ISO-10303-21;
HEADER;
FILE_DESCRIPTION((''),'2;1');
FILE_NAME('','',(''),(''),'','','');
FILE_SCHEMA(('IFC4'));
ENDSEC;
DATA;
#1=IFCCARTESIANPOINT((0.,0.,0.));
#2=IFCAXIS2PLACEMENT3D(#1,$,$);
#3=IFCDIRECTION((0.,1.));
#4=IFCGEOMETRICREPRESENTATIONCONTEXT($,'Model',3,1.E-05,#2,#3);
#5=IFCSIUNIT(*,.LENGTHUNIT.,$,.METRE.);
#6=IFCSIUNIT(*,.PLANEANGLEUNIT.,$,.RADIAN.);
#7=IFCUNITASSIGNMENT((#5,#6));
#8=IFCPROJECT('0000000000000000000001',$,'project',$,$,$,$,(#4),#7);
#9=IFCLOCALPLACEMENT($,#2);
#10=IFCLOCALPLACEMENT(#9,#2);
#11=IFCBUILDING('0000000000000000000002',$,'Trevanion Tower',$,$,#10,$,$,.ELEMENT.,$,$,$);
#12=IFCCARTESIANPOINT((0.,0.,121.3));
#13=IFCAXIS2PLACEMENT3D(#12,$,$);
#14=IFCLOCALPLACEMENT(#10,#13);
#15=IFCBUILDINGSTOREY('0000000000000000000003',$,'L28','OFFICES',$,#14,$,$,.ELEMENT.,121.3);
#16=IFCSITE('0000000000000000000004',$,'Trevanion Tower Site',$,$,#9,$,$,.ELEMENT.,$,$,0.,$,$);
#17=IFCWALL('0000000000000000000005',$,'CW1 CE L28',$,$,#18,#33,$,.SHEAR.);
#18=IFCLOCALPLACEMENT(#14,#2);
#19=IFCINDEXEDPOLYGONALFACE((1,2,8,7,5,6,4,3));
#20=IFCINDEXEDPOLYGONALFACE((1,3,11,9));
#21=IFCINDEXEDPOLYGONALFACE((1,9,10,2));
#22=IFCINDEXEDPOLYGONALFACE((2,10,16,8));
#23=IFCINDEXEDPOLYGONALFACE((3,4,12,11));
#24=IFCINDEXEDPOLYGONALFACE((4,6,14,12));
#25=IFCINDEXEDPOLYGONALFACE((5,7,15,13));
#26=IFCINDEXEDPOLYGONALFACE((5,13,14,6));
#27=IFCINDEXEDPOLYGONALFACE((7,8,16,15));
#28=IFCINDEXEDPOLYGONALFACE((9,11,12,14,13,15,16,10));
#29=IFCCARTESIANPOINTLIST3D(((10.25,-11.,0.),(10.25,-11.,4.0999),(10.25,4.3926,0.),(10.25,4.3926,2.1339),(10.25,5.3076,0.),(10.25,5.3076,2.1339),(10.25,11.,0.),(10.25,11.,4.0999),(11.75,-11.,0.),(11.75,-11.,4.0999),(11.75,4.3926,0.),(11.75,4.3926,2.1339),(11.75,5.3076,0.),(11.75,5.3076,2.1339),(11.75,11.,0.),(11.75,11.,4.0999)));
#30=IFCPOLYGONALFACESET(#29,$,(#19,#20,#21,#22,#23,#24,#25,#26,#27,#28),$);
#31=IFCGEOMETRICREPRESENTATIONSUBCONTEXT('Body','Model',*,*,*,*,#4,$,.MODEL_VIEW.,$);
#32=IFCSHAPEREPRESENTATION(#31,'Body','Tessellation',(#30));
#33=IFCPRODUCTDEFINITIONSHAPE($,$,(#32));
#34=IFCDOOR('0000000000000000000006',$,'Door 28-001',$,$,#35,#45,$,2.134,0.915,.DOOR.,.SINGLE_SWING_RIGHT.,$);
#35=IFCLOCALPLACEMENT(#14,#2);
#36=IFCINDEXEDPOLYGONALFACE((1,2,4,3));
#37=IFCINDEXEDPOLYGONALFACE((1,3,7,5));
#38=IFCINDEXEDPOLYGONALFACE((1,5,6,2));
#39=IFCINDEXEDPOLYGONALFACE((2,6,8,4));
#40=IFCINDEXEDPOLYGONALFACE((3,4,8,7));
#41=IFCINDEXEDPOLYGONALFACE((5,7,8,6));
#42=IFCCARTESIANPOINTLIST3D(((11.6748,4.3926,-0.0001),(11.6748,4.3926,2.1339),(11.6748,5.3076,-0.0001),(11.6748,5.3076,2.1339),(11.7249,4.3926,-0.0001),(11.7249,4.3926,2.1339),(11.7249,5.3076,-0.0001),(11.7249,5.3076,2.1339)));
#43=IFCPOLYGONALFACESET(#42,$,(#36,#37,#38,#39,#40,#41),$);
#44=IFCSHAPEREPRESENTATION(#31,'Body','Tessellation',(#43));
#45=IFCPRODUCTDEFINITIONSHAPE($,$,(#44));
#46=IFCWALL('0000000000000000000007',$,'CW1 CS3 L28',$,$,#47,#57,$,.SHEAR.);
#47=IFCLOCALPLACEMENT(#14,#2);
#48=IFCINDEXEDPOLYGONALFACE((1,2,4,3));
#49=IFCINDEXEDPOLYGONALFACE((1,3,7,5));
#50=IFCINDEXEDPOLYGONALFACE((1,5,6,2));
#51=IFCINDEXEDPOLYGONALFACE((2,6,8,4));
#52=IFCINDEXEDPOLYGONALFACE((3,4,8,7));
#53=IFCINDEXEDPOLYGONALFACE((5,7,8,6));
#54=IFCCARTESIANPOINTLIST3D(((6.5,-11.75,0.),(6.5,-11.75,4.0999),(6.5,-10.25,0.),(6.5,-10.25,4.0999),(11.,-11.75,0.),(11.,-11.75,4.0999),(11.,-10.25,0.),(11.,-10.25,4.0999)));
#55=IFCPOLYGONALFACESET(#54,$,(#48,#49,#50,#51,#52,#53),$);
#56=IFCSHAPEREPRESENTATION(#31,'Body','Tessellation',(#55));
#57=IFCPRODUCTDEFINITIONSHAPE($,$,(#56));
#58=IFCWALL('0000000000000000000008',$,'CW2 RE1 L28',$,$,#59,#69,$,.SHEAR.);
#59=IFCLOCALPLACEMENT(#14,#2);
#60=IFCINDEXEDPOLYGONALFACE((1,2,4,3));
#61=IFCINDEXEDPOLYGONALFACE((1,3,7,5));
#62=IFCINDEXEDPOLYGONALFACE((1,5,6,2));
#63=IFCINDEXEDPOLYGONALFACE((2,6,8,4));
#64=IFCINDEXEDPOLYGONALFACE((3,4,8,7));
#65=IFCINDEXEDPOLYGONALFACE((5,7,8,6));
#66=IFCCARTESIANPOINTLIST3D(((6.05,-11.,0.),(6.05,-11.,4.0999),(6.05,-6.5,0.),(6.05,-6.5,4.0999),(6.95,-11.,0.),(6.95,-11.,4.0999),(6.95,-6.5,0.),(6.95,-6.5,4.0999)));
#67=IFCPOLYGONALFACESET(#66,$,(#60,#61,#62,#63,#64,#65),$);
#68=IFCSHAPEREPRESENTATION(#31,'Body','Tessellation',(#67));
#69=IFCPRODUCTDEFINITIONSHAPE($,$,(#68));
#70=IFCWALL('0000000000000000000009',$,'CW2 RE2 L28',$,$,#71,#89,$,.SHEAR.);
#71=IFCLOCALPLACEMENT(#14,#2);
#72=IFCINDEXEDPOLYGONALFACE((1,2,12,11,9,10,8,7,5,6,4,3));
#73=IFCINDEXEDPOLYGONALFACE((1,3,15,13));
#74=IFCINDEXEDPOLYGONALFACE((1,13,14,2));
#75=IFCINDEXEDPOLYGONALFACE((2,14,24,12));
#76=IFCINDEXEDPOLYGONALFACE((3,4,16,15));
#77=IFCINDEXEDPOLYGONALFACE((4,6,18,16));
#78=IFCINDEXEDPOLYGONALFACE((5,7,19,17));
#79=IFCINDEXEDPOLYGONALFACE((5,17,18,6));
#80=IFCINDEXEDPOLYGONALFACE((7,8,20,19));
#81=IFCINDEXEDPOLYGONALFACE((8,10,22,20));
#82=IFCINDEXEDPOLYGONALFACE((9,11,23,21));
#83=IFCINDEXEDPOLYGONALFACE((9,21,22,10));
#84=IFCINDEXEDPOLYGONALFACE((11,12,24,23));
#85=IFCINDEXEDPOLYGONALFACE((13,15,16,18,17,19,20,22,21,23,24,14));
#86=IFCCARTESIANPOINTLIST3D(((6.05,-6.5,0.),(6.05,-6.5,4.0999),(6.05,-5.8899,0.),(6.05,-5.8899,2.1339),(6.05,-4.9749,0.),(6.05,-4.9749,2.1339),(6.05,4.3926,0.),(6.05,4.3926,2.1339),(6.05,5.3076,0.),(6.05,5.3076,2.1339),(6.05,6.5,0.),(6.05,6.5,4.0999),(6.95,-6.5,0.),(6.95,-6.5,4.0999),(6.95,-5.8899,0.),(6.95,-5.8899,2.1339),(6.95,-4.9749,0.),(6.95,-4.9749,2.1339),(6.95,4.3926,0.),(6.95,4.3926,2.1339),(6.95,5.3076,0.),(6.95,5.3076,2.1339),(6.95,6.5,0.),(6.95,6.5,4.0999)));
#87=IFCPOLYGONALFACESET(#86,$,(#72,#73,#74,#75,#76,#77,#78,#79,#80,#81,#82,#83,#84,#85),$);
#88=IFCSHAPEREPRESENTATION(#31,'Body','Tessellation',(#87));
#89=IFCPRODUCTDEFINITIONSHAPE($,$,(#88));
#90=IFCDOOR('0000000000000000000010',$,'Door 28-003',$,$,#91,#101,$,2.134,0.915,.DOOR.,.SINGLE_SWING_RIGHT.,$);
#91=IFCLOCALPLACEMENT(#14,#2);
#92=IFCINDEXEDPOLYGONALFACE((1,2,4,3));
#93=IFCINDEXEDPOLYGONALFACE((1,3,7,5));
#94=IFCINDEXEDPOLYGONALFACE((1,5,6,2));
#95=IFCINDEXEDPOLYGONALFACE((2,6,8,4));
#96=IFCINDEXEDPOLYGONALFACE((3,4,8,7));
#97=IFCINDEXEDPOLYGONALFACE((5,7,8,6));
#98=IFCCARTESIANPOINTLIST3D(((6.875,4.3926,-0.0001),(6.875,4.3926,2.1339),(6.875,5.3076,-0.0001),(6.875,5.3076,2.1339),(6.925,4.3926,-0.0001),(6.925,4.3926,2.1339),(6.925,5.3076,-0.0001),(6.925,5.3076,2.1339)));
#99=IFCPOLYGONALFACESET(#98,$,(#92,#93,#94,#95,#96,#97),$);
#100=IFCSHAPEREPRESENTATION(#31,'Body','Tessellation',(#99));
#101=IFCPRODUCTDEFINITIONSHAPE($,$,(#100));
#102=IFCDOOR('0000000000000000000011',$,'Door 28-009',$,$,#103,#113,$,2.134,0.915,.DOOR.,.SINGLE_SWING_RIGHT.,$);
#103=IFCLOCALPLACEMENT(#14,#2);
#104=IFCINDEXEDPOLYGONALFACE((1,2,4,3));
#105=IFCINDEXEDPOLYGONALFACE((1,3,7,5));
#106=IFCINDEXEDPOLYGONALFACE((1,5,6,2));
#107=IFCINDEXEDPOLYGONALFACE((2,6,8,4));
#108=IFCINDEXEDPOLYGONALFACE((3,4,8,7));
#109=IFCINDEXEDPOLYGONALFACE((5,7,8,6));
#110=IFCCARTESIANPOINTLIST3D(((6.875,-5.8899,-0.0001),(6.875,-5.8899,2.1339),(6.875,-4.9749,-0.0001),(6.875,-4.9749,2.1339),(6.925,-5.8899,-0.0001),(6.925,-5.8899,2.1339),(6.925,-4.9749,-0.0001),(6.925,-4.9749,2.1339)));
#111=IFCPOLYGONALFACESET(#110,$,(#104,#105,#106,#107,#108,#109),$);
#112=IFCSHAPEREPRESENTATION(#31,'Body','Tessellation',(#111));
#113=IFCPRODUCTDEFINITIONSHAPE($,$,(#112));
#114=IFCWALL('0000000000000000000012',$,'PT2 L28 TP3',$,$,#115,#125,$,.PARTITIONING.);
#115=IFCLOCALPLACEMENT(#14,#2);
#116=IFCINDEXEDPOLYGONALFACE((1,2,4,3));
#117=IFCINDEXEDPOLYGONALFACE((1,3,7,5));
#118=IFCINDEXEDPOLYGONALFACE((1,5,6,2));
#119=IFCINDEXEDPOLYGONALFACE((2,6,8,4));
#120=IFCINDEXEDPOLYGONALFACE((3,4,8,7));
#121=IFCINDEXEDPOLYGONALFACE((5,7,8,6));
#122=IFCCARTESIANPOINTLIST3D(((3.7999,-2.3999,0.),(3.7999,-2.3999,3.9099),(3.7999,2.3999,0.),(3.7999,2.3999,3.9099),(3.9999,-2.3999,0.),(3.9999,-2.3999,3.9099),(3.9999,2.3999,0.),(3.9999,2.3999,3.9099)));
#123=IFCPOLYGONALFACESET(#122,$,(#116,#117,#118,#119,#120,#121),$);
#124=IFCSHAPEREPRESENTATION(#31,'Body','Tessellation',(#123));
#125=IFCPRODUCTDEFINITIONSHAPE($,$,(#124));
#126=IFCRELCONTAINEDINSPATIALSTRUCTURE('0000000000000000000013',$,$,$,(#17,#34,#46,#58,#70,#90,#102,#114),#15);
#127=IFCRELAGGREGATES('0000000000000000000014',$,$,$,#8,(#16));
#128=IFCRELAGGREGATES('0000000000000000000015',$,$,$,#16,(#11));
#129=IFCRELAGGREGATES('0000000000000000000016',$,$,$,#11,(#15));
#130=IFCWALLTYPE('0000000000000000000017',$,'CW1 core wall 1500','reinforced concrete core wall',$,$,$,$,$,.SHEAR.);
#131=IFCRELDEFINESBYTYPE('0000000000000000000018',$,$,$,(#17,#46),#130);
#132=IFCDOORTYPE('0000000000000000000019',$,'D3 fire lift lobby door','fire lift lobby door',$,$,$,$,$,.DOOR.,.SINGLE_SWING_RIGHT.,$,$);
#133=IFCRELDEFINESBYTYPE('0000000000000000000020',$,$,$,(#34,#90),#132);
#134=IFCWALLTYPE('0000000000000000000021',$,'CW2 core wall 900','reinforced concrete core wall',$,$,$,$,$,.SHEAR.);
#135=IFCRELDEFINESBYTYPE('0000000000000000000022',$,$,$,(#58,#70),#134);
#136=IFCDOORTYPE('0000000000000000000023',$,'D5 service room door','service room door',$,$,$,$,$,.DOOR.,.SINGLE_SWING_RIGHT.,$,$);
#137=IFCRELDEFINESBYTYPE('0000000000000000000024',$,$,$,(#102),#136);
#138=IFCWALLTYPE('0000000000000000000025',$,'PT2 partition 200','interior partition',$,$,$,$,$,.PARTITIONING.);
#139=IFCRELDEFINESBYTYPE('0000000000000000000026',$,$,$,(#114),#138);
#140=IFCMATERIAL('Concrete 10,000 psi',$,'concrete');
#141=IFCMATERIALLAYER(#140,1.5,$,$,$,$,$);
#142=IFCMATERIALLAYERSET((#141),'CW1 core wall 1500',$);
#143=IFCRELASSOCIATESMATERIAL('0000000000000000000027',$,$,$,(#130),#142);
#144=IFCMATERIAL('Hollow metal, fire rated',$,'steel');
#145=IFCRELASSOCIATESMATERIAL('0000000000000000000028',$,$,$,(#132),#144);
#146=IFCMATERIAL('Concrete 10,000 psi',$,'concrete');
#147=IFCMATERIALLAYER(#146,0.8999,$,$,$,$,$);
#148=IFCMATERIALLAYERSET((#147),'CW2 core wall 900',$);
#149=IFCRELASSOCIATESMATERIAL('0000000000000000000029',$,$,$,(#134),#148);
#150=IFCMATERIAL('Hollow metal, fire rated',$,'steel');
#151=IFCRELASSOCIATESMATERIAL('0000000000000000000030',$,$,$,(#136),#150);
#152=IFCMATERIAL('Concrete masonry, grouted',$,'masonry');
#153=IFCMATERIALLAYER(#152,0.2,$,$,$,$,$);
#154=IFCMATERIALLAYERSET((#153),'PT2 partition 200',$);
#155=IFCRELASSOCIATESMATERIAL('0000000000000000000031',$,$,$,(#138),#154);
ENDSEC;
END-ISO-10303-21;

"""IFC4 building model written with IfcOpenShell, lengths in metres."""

from ifc_helpers import new_model, si_unit, direction, frame, frame_2d, origin, place, context, subcontext, project, spatial, rectangle, extrude, material, layer, layer_set, type_object, element, fill, save


model = new_model("IFC4")

# Units and contexts
model_context = context("Model", 3, precision=1e-05, world=origin(), true_north=direction((0.0, 1.0)))
body_context = subcontext(model_context, "Body", "Model", "MODEL_VIEW")
ifc_project = project(units=[si_unit("LENGTHUNIT", "METRE"), si_unit("PLANEANGLEUNIT", "RADIAN")], contexts=[model_context])

# Site, building, storey
site_placement = place(None, origin())
site = spatial("IfcSite", under=ifc_project, at=site_placement, Name="Trevanion Tower Site", CompositionType="ELEMENT", RefElevation=0.0)
building_placement = place(site_placement, origin())
building = spatial("IfcBuilding", under=site, at=building_placement, Name="Trevanion Tower", CompositionType="ELEMENT")
storey_placement = place(building_placement, frame((0.0, 0.0, 121.3)))
storey = spatial("IfcBuildingStorey", under=building, at=storey_placement, Name="L28", Description="OFFICES", CompositionType="ELEMENT", Elevation=121.3)

# Wall, opening, door
ifc_material_1 = material(Name="Concrete 10,000 psi", Category="concrete")
ifc_layer_1 = layer(ifc_material_1, 1.5)
ifc_layer_set_1 = layer_set([ifc_layer_1], Name="CW1 core wall 1500")
wall_type_1 = type_object("IfcWallType", Name="CW1 core wall 1500", Description="reinforced concrete core wall", PredefinedType="SHEAR", material=ifc_layer_set_1)
wall_1_placement = place(storey_placement, frame((11.0, -11.0, 0.0), z_axis=(0.0, 0.0, 1.0), x_axis=(0.0, 1.0, 0.0)))
wall_1 = element("IfcWall", 1, at=wall_1_placement, inside=storey, type_object=wall_type_1, Name="CW1 CE L28", PredefinedType="SHEAR", context=body_context, shape_type="SweptSolid", body=[
    extrude(rectangle(XDim=22.0, YDim=1.5, at=frame_2d((11.0, 0.0))), origin(), (0.0, 0.0, 1.0), 4.0999),
])
opening_1_placement = place(wall_1_placement, frame((15.3926, 0.0, 0.0)))
opening_1 = element("IfcOpeningElement", 2, at=opening_1_placement, cuts=wall_1, PredefinedType="OPENING", context=body_context, shape_type="SweptSolid", body=[
    extrude(rectangle(XDim=0.915, YDim=2.134, at=frame_2d((0.4575, 1.0669))), frame((0.0, 0.76, 0.0), z_axis=(0.0, -1.0, 0.0), x_axis=(1.0, 0.0, 0.0)), (0.0, 0.0, 1.0), 1.52),
])
ifc_material_2 = material(Name="Hollow metal, fire rated", Category="steel")
door_type_1 = type_object("IfcDoorType", Name="D3 fire lift lobby door", Description="fire lift lobby door", OperationType="SINGLE_SWING_RIGHT", PredefinedType="DOOR", material=ifc_material_2)
door_1_placement = place(opening_1_placement, origin())
door_1 = element("IfcDoor", 3, at=door_1_placement, inside=storey, type_object=door_type_1, Name="Door 28-001", OperationType="SINGLE_SWING_RIGHT", OverallHeight=2.134, OverallWidth=0.915, PredefinedType="DOOR", context=body_context, shape_type="SweptSolid", body=[
    extrude(rectangle(XDim=0.915, YDim=2.134, at=frame_2d((0.4575, 1.0669))), frame((0.0, -0.6748, 0.0), z_axis=(0.0, -1.0, 0.0), x_axis=(1.0, 0.0, 0.0)), (0.0, 0.0, 1.0), 0.05),
])
fill(opening_1, door_1)

# Walls
wall_2_placement = place(storey_placement, frame((6.5, -11.0, 0.0), z_axis=(0.0, 0.0, 1.0), x_axis=(1.0, 0.0, 0.0)))
element("IfcWall", 4, at=wall_2_placement, inside=storey, type_object=wall_type_1, Name="CW1 CS3 L28", PredefinedType="SHEAR", context=body_context, shape_type="SweptSolid", body=[
    extrude(rectangle(XDim=4.5, YDim=1.5, at=frame_2d((2.25, 0.0))), origin(), (0.0, 0.0, 1.0), 4.0999),
])
ifc_material_3 = material(Name="Concrete 10,000 psi", Category="concrete")
ifc_layer_2 = layer(ifc_material_3, 0.8999)
ifc_layer_set_2 = layer_set([ifc_layer_2], Name="CW2 core wall 900")
wall_type_2 = type_object("IfcWallType", Name="CW2 core wall 900", Description="reinforced concrete core wall", PredefinedType="SHEAR", material=ifc_layer_set_2)
wall_3_placement = place(storey_placement, frame((6.5, -11.0, 0.0), z_axis=(0.0, 0.0, 1.0), x_axis=(0.0, 1.0, 0.0)))
element("IfcWall", 5, at=wall_3_placement, inside=storey, type_object=wall_type_2, Name="CW2 RE1 L28", PredefinedType="SHEAR", context=body_context, shape_type="SweptSolid", body=[
    extrude(rectangle(XDim=4.5, YDim=0.8999, at=frame_2d((2.25, 0.0))), origin(), (0.0, 0.0, 1.0), 4.0999),
])

# Wall, openings, doors
wall_4_placement = place(storey_placement, frame((6.5, -6.5, 0.0), z_axis=(0.0, 0.0, 1.0), x_axis=(0.0, 1.0, 0.0)))
wall_4 = element("IfcWall", 6, at=wall_4_placement, inside=storey, type_object=wall_type_2, Name="CW2 RE2 L28", PredefinedType="SHEAR", context=body_context, shape_type="SweptSolid", body=[
    extrude(rectangle(XDim=13.0, YDim=0.8999, at=frame_2d((6.5, 0.0))), origin(), (0.0, 0.0, 1.0), 4.0999),
])
opening_2_placement = place(wall_4_placement, frame((10.8926, 0.0, 0.0)))
opening_2 = element("IfcOpeningElement", 7, at=opening_2_placement, cuts=wall_4, PredefinedType="OPENING", context=body_context, shape_type="SweptSolid", body=[
    extrude(rectangle(XDim=0.915, YDim=2.134, at=frame_2d((0.4575, 1.0669))), frame((0.0, 0.46, 0.0), z_axis=(0.0, -1.0, 0.0), x_axis=(1.0, 0.0, 0.0)), (0.0, 0.0, 1.0), 0.9199),
])
opening_3_placement = place(wall_4_placement, frame((0.6101, 0.0, 0.0)))
opening_3 = element("IfcOpeningElement", 8, at=opening_3_placement, cuts=wall_4, PredefinedType="OPENING", context=body_context, shape_type="SweptSolid", body=[
    extrude(rectangle(XDim=0.915, YDim=2.134, at=frame_2d((0.4575, 1.0669))), frame((0.0, 0.46, 0.0), z_axis=(0.0, -1.0, 0.0), x_axis=(1.0, 0.0, 0.0)), (0.0, 0.0, 1.0), 0.9199),
])
door_2_placement = place(opening_2_placement, origin())
door_2 = element("IfcDoor", 9, at=door_2_placement, inside=storey, type_object=door_type_1, Name="Door 28-003", OperationType="SINGLE_SWING_RIGHT", OverallHeight=2.134, OverallWidth=0.915, PredefinedType="DOOR", context=body_context, shape_type="SweptSolid", body=[
    extrude(rectangle(XDim=0.915, YDim=2.134, at=frame_2d((0.4575, 1.0669))), frame((0.0, -0.375, 0.0), z_axis=(0.0, -1.0, 0.0), x_axis=(1.0, 0.0, 0.0)), (0.0, 0.0, 1.0), 0.05),
])
fill(opening_2, door_2)
ifc_material_4 = material(Name="Hollow metal, fire rated", Category="steel")
door_type_2 = type_object("IfcDoorType", Name="D5 service room door", Description="service room door", OperationType="SINGLE_SWING_RIGHT", PredefinedType="DOOR", material=ifc_material_4)
door_3_placement = place(opening_3_placement, origin())
door_3 = element("IfcDoor", 10, at=door_3_placement, inside=storey, type_object=door_type_2, Name="Door 28-009", OperationType="SINGLE_SWING_RIGHT", OverallHeight=2.134, OverallWidth=0.915, PredefinedType="DOOR", context=body_context, shape_type="SweptSolid", body=[
    extrude(rectangle(XDim=0.915, YDim=2.134, at=frame_2d((0.4575, 1.0669))), frame((0.0, -0.375, 0.0), z_axis=(0.0, -1.0, 0.0), x_axis=(1.0, 0.0, 0.0)), (0.0, 0.0, 1.0), 0.05),
])
fill(opening_3, door_3)

# Wall
ifc_material_5 = material(Name="Concrete masonry, grouted", Category="masonry")
ifc_layer_3 = layer(ifc_material_5, 0.2)
ifc_layer_set_3 = layer_set([ifc_layer_3], Name="PT2 partition 200")
wall_type_3 = type_object("IfcWallType", Name="PT2 partition 200", Description="interior partition", PredefinedType="PARTITIONING", material=ifc_layer_set_3)
wall_5_placement = place(storey_placement, frame((3.8999, -2.3999, 0.0), z_axis=(0.0, 0.0, 1.0), x_axis=(0.0, 1.0, 0.0)))
element("IfcWall", 11, at=wall_5_placement, inside=storey, type_object=wall_type_3, Name="PT2 L28 TP3", PredefinedType="PARTITIONING", context=body_context, shape_type="SweptSolid", body=[
    extrude(rectangle(XDim=4.7998, YDim=0.2, at=frame_2d((2.3999, 0.0))), origin(), (0.0, 0.0, 1.0), 3.9099),
])

save(model, "model.ifc")
